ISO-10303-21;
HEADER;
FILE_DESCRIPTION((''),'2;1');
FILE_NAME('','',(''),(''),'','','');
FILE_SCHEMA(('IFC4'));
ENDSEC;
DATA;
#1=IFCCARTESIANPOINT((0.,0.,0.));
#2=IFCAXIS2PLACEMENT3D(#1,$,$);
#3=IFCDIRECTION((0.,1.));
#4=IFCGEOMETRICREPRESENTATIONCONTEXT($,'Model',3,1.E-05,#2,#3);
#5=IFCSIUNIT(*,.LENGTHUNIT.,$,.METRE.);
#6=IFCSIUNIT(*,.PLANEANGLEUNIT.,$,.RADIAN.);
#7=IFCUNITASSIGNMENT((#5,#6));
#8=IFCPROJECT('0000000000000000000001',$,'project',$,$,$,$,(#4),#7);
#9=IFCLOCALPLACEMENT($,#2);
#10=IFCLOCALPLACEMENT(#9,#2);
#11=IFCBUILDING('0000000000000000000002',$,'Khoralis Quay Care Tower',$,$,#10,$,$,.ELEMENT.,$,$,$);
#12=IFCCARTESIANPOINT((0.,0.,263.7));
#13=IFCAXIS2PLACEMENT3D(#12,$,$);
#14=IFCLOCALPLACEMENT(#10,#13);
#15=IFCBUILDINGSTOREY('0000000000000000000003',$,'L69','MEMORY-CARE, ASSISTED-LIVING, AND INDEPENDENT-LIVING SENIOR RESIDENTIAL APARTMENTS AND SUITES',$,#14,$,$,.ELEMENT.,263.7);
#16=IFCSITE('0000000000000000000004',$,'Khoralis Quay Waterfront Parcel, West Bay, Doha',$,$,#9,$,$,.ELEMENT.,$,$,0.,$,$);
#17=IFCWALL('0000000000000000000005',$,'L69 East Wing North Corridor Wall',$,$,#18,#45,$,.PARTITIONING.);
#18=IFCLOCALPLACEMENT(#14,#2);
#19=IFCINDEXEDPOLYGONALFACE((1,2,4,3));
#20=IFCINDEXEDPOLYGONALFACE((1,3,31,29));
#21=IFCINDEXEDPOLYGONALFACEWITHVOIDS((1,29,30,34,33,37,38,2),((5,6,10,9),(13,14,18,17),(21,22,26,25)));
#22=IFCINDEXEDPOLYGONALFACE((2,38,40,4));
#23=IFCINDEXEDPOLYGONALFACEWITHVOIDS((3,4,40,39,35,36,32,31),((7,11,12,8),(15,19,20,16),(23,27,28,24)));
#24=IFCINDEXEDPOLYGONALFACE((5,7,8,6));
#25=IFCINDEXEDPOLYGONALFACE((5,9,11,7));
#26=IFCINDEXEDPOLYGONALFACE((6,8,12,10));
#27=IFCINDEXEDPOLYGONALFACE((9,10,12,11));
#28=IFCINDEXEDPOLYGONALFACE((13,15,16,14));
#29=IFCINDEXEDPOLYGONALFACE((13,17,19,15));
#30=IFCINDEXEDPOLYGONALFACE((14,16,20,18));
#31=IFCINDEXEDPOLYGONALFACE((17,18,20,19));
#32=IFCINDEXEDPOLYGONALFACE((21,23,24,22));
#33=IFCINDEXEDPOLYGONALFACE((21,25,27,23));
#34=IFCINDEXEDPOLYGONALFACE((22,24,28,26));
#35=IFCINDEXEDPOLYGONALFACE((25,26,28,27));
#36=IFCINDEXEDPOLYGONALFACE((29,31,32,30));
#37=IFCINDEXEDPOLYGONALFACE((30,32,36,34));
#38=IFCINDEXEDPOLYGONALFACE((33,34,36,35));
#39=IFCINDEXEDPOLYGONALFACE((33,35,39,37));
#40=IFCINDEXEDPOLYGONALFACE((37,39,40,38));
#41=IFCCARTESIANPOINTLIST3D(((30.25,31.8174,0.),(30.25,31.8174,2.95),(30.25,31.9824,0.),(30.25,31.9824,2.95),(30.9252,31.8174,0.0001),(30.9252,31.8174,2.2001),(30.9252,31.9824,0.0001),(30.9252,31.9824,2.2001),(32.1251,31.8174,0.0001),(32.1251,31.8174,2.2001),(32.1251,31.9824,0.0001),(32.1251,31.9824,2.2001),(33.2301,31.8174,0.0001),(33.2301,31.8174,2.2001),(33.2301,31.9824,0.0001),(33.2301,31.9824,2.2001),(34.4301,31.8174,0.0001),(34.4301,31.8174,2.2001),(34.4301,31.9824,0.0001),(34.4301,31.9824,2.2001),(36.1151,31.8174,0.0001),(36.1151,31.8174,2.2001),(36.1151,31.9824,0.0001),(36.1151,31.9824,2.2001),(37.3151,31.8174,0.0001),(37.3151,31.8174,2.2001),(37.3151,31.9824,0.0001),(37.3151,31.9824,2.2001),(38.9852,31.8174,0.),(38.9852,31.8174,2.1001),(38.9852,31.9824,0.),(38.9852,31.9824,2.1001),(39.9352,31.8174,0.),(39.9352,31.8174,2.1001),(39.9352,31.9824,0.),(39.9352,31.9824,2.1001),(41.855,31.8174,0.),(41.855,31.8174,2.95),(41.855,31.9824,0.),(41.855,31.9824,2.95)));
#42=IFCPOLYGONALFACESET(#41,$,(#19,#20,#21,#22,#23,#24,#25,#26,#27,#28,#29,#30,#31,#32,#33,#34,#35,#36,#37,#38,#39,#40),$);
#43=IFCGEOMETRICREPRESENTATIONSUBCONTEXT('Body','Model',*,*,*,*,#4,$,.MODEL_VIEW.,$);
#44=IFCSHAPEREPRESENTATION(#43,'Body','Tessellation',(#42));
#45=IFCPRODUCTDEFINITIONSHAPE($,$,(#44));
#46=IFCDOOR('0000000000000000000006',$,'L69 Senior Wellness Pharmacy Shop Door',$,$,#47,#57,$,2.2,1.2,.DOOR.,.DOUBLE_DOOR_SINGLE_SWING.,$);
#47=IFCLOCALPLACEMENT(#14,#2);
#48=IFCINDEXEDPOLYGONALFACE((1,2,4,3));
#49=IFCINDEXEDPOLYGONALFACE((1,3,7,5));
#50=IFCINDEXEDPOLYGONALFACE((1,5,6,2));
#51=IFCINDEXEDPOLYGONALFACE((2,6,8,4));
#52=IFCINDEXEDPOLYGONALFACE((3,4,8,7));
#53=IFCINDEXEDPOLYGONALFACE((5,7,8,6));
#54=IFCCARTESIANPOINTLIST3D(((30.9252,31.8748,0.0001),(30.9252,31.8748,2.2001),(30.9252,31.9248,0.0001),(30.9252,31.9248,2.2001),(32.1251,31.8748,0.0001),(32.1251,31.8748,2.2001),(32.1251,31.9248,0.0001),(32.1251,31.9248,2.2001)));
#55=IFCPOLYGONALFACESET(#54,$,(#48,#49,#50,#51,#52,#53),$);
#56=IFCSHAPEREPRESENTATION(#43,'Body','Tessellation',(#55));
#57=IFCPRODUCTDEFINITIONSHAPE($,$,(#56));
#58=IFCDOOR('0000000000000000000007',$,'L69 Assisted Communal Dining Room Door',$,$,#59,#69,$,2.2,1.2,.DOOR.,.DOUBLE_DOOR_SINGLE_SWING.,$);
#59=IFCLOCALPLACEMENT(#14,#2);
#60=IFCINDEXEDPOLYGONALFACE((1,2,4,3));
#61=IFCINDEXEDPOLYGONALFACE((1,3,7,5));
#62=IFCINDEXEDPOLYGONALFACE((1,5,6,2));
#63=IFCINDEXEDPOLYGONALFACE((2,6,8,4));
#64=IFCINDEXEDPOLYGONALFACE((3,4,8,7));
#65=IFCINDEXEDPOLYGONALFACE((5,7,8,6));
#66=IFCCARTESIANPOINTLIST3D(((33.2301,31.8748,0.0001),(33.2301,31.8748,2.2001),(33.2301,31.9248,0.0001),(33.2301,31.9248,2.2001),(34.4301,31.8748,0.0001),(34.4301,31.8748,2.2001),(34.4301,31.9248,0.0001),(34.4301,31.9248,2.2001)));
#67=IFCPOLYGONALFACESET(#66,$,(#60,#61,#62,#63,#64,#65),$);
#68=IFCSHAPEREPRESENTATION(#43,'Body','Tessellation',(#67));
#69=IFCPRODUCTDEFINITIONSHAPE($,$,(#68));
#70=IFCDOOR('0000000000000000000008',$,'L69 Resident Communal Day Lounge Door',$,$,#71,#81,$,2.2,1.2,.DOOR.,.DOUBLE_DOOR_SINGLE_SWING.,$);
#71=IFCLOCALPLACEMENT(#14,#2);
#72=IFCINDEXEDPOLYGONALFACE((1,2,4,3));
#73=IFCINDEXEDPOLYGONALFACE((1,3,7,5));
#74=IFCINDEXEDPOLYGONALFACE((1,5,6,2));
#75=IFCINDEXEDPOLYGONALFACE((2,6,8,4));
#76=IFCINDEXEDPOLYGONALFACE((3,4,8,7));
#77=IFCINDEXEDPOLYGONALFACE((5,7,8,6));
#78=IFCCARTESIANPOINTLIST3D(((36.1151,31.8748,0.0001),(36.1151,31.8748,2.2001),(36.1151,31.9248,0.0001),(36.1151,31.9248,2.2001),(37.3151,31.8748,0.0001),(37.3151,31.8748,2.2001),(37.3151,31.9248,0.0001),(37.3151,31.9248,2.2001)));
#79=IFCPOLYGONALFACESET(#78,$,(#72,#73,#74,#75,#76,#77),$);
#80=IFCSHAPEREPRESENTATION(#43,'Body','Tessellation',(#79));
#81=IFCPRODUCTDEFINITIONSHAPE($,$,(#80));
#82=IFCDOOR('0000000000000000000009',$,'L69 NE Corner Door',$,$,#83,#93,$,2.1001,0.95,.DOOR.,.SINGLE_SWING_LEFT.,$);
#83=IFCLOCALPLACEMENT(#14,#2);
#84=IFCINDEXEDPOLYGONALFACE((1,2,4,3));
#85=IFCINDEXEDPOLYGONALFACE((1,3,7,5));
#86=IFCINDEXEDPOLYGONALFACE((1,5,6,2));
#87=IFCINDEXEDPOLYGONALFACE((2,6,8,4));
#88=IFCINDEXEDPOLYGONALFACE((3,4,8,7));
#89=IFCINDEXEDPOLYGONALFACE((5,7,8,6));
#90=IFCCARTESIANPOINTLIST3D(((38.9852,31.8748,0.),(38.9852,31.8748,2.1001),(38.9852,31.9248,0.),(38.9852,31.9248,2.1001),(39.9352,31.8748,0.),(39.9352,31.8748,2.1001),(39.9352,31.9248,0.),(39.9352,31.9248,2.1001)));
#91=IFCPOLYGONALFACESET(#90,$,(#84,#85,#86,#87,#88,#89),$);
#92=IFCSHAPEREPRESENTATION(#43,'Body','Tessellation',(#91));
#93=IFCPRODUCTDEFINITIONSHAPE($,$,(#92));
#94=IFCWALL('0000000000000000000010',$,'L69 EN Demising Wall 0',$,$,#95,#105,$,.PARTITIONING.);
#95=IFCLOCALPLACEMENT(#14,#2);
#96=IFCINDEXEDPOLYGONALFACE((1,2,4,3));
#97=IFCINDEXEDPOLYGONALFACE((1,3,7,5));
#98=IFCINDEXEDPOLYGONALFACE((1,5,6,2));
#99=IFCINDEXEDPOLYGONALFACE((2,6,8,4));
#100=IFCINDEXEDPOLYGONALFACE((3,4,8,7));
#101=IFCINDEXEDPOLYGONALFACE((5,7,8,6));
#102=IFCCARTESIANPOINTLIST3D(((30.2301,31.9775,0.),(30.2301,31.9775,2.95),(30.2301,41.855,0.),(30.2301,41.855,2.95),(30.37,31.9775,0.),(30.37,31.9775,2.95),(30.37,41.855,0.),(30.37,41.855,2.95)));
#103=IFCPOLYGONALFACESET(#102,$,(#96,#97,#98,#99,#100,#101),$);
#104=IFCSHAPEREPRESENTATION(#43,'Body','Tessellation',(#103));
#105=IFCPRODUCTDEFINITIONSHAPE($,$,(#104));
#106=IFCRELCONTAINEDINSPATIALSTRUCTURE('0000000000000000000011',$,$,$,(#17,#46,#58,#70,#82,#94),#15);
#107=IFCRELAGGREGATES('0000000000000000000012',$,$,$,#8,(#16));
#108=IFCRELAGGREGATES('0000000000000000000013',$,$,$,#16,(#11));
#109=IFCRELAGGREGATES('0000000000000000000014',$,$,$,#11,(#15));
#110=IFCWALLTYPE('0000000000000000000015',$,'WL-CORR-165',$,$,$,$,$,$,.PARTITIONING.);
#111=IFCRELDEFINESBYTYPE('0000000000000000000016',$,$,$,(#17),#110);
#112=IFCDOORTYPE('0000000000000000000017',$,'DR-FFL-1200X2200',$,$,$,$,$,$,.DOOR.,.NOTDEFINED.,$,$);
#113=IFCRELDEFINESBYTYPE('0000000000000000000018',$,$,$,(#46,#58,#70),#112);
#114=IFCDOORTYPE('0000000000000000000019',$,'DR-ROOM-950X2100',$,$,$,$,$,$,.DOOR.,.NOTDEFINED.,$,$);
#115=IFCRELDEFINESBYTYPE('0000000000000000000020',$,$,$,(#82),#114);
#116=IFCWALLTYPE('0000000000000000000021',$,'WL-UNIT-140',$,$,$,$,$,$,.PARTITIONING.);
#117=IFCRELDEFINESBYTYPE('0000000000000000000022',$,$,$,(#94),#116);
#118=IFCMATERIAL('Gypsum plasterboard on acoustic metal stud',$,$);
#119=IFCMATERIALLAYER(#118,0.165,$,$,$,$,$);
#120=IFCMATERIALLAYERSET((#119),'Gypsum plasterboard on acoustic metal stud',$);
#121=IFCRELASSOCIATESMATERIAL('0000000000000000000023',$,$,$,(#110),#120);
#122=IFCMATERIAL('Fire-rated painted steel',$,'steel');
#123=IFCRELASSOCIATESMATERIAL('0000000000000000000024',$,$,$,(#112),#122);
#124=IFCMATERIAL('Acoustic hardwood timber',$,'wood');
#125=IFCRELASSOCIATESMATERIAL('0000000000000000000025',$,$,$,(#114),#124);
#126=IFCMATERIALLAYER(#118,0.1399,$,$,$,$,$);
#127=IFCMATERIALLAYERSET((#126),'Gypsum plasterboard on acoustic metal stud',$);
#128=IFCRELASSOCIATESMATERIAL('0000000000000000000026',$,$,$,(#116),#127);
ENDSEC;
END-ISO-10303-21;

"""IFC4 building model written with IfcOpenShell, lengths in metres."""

from ifc_helpers import new_model, si_unit, direction, frame, frame_2d, origin, place, context, subcontext, project, spatial, rectangle, extrude, source, transform, mapped, material, layer, layer_set, type_object, element, fill, save


model = new_model("IFC4")

# Units and contexts
model_context = context("Model", 3, precision=1e-05, world=origin(), true_north=direction((0.0, 1.0)))
body_context = subcontext(model_context, "Body", "Model", "MODEL_VIEW")
ifc_project = project(units=[si_unit("LENGTHUNIT", "METRE"), si_unit("PLANEANGLEUNIT", "RADIAN")], contexts=[model_context])

# Site, building, storey
site_placement = place(None, origin())
site = spatial("IfcSite", under=ifc_project, at=site_placement, Name="Khoralis Quay Waterfront Parcel, West Bay, Doha", CompositionType="ELEMENT", RefElevation=0.0)
building_placement = place(site_placement, origin())
building = spatial("IfcBuilding", under=site, at=building_placement, Name="Khoralis Quay Care Tower", CompositionType="ELEMENT")
storey_placement = place(building_placement, frame((0.0, 0.0, 263.7)))
storey = spatial("IfcBuildingStorey", under=building, at=storey_placement, Name="L69", Description="MEMORY-CARE, ASSISTED-LIVING, AND INDEPENDENT-LIVING SENIOR RESIDENTIAL APARTMENTS AND SUITES", CompositionType="ELEMENT", Elevation=263.7)

# Wall, openings, doors
ifc_material_1 = material(Name="Gypsum plasterboard on acoustic metal stud")
ifc_layer_1 = layer(ifc_material_1, 0.165)
ifc_layer_set_1 = layer_set([ifc_layer_1], Name="Gypsum plasterboard on acoustic metal stud")
wall_type_1 = type_object("IfcWallType", Name="WL-CORR-165", PredefinedType="PARTITIONING", material=ifc_layer_set_1)
wall_1_placement = place(storey_placement, frame((30.25, 31.8999, 0.0), z_axis=(0.0, 0.0, 1.0), x_axis=(1.0, 0.0, 0.0)))
wall_1 = element("IfcWall", 1, at=wall_1_placement, inside=storey, type_object=wall_type_1, Name="L69 East Wing North Corridor Wall", PredefinedType="PARTITIONING", context=body_context, shape_type="SweptSolid", body=[
    extrude(rectangle(XDim=11.605, YDim=0.165, at=frame_2d((5.8025, 0.0))), origin(), (0.0, 0.0, 1.0), 2.95),
])
opening_1_placement = place(wall_1_placement, frame((0.675, 0.0, 0.0)))
opening_1 = element("IfcOpeningElement", 2, at=opening_1_placement, cuts=wall_1, PredefinedType="OPENING", context=body_context, shape_type="SweptSolid", body=[
    extrude(rectangle(XDim=1.2, YDim=2.2, at=frame_2d((0.6001, 1.1001))), frame((0.0, 0.0925, 0.0), z_axis=(0.0, -1.0, 0.0), x_axis=(1.0, 0.0, 0.0)), (0.0, 0.0, 1.0), 0.1851),
])
opening_2_placement = place(wall_1_placement, frame((2.98, 0.0, 0.0)))
opening_2 = element("IfcOpeningElement", 3, at=opening_2_placement, cuts=wall_1, PredefinedType="OPENING", context=body_context, shape_type="SweptSolid", body=[
    extrude(rectangle(XDim=1.2, YDim=2.2, at=frame_2d((0.6001, 1.1001))), frame((0.0, 0.0925, 0.0), z_axis=(0.0, -1.0, 0.0), x_axis=(1.0, 0.0, 0.0)), (0.0, 0.0, 1.0), 0.1851),
])
opening_3_placement = place(wall_1_placement, frame((5.865, 0.0, 0.0)))
opening_3 = element("IfcOpeningElement", 4, at=opening_3_placement, cuts=wall_1, PredefinedType="OPENING", context=body_context, shape_type="SweptSolid", body=[
    extrude(rectangle(XDim=1.2, YDim=2.2, at=frame_2d((0.6001, 1.1001))), frame((0.0, 0.0925, 0.0), z_axis=(0.0, -1.0, 0.0), x_axis=(1.0, 0.0, 0.0)), (0.0, 0.0, 1.0), 0.1851),
])
opening_4_placement = place(wall_1_placement, frame((8.7351, 0.0, 0.0)))
opening_4 = element("IfcOpeningElement", 5, at=opening_4_placement, cuts=wall_1, PredefinedType="OPENING", context=body_context, shape_type="SweptSolid", body=[
    extrude(rectangle(XDim=0.95, YDim=2.1001, at=frame_2d((0.4751, 1.05))), frame((0.0, 0.0925, 0.0), z_axis=(0.0, -1.0, 0.0), x_axis=(1.0, 0.0, 0.0)), (0.0, 0.0, 1.0), 0.1851),
])
ifc_material_2 = material(Name="Fire-rated painted steel", Category="steel")
door_type_1 = type_object("IfcDoorType", Name="DR-FFL-1200X2200", OperationType="NOTDEFINED", PredefinedType="DOOR", material=ifc_material_2)
shared_shape_1 = source(origin(), body_context, "Body", "SweptSolid", [
    extrude(rectangle(XDim=1.2, YDim=2.2, at=frame_2d((0.6001, 1.1001))), frame((0.0, 0.0249, 0.0), z_axis=(0.0, -1.0, 0.0), x_axis=(1.0, 0.0, 0.0)), (0.0, 0.0, 1.0), 0.05),
])
door_1_placement = place(opening_1_placement, origin())
door_1 = element("IfcDoor", 6, at=door_1_placement, inside=storey, type_object=door_type_1, Name="L69 Senior Wellness Pharmacy Shop Door", OperationType="DOUBLE_DOOR_SINGLE_SWING", OverallHeight=2.2, OverallWidth=1.2, PredefinedType="DOOR", context=body_context, shape_type="MappedRepresentation", body=[
    mapped(shared_shape_1, transform((0.0, 0.0, 0.0), scale=1.0)),
])
fill(opening_1, door_1)
door_2_placement = place(opening_2_placement, origin())
door_2 = element("IfcDoor", 7, at=door_2_placement, inside=storey, type_object=door_type_1, Name="L69 Assisted Communal Dining Room Door", OperationType="DOUBLE_DOOR_SINGLE_SWING", OverallHeight=2.2, OverallWidth=1.2, PredefinedType="DOOR", context=body_context, shape_type="MappedRepresentation", body=[
    mapped(shared_shape_1, transform((0.0, 0.0, 0.0), scale=1.0)),
])
fill(opening_2, door_2)
door_3_placement = place(opening_3_placement, origin())
door_3 = element("IfcDoor", 8, at=door_3_placement, inside=storey, type_object=door_type_1, Name="L69 Resident Communal Day Lounge Door", OperationType="DOUBLE_DOOR_SINGLE_SWING", OverallHeight=2.2, OverallWidth=1.2, PredefinedType="DOOR", context=body_context, shape_type="MappedRepresentation", body=[
    mapped(shared_shape_1, transform((0.0, 0.0, 0.0), scale=1.0)),
])
fill(opening_3, door_3)
ifc_material_3 = material(Name="Acoustic hardwood timber", Category="wood")
door_type_2 = type_object("IfcDoorType", Name="DR-ROOM-950X2100", OperationType="NOTDEFINED", PredefinedType="DOOR", material=ifc_material_3)
shared_shape_2 = source(origin(), body_context, "Body", "SweptSolid", [
    extrude(rectangle(XDim=0.95, YDim=2.1001, at=frame_2d((0.4751, 1.05))), frame((0.0, 0.0249, 0.0), z_axis=(0.0, -1.0, 0.0), x_axis=(1.0, 0.0, 0.0)), (0.0, 0.0, 1.0), 0.05),
])
door_4_placement = place(opening_4_placement, origin())
door_4 = element("IfcDoor", 9, at=door_4_placement, inside=storey, type_object=door_type_2, Name="L69 NE Corner Door", OperationType="SINGLE_SWING_LEFT", OverallHeight=2.1001, OverallWidth=0.95, PredefinedType="DOOR", context=body_context, shape_type="MappedRepresentation", body=[
    mapped(shared_shape_2, transform((0.0, 0.0, 0.0), scale=1.0)),
])
fill(opening_4, door_4)

# Wall
ifc_layer_2 = layer(ifc_material_1, 0.1399)
ifc_layer_set_2 = layer_set([ifc_layer_2], Name="Gypsum plasterboard on acoustic metal stud")
wall_type_2 = type_object("IfcWallType", Name="WL-UNIT-140", PredefinedType="PARTITIONING", material=ifc_layer_set_2)
wall_2_placement = place(storey_placement, frame((30.3, 31.9775, 0.0), z_axis=(0.0, 0.0, 1.0), x_axis=(0.0, 1.0, 0.0)))
element("IfcWall", 10, at=wall_2_placement, inside=storey, type_object=wall_type_2, Name="L69 EN Demising Wall 0", PredefinedType="PARTITIONING", context=body_context, shape_type="SweptSolid", body=[
    extrude(rectangle(XDim=9.8774, YDim=0.1399, at=frame_2d((4.9387, 0.0))), origin(), (0.0, 0.0, 1.0), 2.95),
])

save(model, "model.ifc")
